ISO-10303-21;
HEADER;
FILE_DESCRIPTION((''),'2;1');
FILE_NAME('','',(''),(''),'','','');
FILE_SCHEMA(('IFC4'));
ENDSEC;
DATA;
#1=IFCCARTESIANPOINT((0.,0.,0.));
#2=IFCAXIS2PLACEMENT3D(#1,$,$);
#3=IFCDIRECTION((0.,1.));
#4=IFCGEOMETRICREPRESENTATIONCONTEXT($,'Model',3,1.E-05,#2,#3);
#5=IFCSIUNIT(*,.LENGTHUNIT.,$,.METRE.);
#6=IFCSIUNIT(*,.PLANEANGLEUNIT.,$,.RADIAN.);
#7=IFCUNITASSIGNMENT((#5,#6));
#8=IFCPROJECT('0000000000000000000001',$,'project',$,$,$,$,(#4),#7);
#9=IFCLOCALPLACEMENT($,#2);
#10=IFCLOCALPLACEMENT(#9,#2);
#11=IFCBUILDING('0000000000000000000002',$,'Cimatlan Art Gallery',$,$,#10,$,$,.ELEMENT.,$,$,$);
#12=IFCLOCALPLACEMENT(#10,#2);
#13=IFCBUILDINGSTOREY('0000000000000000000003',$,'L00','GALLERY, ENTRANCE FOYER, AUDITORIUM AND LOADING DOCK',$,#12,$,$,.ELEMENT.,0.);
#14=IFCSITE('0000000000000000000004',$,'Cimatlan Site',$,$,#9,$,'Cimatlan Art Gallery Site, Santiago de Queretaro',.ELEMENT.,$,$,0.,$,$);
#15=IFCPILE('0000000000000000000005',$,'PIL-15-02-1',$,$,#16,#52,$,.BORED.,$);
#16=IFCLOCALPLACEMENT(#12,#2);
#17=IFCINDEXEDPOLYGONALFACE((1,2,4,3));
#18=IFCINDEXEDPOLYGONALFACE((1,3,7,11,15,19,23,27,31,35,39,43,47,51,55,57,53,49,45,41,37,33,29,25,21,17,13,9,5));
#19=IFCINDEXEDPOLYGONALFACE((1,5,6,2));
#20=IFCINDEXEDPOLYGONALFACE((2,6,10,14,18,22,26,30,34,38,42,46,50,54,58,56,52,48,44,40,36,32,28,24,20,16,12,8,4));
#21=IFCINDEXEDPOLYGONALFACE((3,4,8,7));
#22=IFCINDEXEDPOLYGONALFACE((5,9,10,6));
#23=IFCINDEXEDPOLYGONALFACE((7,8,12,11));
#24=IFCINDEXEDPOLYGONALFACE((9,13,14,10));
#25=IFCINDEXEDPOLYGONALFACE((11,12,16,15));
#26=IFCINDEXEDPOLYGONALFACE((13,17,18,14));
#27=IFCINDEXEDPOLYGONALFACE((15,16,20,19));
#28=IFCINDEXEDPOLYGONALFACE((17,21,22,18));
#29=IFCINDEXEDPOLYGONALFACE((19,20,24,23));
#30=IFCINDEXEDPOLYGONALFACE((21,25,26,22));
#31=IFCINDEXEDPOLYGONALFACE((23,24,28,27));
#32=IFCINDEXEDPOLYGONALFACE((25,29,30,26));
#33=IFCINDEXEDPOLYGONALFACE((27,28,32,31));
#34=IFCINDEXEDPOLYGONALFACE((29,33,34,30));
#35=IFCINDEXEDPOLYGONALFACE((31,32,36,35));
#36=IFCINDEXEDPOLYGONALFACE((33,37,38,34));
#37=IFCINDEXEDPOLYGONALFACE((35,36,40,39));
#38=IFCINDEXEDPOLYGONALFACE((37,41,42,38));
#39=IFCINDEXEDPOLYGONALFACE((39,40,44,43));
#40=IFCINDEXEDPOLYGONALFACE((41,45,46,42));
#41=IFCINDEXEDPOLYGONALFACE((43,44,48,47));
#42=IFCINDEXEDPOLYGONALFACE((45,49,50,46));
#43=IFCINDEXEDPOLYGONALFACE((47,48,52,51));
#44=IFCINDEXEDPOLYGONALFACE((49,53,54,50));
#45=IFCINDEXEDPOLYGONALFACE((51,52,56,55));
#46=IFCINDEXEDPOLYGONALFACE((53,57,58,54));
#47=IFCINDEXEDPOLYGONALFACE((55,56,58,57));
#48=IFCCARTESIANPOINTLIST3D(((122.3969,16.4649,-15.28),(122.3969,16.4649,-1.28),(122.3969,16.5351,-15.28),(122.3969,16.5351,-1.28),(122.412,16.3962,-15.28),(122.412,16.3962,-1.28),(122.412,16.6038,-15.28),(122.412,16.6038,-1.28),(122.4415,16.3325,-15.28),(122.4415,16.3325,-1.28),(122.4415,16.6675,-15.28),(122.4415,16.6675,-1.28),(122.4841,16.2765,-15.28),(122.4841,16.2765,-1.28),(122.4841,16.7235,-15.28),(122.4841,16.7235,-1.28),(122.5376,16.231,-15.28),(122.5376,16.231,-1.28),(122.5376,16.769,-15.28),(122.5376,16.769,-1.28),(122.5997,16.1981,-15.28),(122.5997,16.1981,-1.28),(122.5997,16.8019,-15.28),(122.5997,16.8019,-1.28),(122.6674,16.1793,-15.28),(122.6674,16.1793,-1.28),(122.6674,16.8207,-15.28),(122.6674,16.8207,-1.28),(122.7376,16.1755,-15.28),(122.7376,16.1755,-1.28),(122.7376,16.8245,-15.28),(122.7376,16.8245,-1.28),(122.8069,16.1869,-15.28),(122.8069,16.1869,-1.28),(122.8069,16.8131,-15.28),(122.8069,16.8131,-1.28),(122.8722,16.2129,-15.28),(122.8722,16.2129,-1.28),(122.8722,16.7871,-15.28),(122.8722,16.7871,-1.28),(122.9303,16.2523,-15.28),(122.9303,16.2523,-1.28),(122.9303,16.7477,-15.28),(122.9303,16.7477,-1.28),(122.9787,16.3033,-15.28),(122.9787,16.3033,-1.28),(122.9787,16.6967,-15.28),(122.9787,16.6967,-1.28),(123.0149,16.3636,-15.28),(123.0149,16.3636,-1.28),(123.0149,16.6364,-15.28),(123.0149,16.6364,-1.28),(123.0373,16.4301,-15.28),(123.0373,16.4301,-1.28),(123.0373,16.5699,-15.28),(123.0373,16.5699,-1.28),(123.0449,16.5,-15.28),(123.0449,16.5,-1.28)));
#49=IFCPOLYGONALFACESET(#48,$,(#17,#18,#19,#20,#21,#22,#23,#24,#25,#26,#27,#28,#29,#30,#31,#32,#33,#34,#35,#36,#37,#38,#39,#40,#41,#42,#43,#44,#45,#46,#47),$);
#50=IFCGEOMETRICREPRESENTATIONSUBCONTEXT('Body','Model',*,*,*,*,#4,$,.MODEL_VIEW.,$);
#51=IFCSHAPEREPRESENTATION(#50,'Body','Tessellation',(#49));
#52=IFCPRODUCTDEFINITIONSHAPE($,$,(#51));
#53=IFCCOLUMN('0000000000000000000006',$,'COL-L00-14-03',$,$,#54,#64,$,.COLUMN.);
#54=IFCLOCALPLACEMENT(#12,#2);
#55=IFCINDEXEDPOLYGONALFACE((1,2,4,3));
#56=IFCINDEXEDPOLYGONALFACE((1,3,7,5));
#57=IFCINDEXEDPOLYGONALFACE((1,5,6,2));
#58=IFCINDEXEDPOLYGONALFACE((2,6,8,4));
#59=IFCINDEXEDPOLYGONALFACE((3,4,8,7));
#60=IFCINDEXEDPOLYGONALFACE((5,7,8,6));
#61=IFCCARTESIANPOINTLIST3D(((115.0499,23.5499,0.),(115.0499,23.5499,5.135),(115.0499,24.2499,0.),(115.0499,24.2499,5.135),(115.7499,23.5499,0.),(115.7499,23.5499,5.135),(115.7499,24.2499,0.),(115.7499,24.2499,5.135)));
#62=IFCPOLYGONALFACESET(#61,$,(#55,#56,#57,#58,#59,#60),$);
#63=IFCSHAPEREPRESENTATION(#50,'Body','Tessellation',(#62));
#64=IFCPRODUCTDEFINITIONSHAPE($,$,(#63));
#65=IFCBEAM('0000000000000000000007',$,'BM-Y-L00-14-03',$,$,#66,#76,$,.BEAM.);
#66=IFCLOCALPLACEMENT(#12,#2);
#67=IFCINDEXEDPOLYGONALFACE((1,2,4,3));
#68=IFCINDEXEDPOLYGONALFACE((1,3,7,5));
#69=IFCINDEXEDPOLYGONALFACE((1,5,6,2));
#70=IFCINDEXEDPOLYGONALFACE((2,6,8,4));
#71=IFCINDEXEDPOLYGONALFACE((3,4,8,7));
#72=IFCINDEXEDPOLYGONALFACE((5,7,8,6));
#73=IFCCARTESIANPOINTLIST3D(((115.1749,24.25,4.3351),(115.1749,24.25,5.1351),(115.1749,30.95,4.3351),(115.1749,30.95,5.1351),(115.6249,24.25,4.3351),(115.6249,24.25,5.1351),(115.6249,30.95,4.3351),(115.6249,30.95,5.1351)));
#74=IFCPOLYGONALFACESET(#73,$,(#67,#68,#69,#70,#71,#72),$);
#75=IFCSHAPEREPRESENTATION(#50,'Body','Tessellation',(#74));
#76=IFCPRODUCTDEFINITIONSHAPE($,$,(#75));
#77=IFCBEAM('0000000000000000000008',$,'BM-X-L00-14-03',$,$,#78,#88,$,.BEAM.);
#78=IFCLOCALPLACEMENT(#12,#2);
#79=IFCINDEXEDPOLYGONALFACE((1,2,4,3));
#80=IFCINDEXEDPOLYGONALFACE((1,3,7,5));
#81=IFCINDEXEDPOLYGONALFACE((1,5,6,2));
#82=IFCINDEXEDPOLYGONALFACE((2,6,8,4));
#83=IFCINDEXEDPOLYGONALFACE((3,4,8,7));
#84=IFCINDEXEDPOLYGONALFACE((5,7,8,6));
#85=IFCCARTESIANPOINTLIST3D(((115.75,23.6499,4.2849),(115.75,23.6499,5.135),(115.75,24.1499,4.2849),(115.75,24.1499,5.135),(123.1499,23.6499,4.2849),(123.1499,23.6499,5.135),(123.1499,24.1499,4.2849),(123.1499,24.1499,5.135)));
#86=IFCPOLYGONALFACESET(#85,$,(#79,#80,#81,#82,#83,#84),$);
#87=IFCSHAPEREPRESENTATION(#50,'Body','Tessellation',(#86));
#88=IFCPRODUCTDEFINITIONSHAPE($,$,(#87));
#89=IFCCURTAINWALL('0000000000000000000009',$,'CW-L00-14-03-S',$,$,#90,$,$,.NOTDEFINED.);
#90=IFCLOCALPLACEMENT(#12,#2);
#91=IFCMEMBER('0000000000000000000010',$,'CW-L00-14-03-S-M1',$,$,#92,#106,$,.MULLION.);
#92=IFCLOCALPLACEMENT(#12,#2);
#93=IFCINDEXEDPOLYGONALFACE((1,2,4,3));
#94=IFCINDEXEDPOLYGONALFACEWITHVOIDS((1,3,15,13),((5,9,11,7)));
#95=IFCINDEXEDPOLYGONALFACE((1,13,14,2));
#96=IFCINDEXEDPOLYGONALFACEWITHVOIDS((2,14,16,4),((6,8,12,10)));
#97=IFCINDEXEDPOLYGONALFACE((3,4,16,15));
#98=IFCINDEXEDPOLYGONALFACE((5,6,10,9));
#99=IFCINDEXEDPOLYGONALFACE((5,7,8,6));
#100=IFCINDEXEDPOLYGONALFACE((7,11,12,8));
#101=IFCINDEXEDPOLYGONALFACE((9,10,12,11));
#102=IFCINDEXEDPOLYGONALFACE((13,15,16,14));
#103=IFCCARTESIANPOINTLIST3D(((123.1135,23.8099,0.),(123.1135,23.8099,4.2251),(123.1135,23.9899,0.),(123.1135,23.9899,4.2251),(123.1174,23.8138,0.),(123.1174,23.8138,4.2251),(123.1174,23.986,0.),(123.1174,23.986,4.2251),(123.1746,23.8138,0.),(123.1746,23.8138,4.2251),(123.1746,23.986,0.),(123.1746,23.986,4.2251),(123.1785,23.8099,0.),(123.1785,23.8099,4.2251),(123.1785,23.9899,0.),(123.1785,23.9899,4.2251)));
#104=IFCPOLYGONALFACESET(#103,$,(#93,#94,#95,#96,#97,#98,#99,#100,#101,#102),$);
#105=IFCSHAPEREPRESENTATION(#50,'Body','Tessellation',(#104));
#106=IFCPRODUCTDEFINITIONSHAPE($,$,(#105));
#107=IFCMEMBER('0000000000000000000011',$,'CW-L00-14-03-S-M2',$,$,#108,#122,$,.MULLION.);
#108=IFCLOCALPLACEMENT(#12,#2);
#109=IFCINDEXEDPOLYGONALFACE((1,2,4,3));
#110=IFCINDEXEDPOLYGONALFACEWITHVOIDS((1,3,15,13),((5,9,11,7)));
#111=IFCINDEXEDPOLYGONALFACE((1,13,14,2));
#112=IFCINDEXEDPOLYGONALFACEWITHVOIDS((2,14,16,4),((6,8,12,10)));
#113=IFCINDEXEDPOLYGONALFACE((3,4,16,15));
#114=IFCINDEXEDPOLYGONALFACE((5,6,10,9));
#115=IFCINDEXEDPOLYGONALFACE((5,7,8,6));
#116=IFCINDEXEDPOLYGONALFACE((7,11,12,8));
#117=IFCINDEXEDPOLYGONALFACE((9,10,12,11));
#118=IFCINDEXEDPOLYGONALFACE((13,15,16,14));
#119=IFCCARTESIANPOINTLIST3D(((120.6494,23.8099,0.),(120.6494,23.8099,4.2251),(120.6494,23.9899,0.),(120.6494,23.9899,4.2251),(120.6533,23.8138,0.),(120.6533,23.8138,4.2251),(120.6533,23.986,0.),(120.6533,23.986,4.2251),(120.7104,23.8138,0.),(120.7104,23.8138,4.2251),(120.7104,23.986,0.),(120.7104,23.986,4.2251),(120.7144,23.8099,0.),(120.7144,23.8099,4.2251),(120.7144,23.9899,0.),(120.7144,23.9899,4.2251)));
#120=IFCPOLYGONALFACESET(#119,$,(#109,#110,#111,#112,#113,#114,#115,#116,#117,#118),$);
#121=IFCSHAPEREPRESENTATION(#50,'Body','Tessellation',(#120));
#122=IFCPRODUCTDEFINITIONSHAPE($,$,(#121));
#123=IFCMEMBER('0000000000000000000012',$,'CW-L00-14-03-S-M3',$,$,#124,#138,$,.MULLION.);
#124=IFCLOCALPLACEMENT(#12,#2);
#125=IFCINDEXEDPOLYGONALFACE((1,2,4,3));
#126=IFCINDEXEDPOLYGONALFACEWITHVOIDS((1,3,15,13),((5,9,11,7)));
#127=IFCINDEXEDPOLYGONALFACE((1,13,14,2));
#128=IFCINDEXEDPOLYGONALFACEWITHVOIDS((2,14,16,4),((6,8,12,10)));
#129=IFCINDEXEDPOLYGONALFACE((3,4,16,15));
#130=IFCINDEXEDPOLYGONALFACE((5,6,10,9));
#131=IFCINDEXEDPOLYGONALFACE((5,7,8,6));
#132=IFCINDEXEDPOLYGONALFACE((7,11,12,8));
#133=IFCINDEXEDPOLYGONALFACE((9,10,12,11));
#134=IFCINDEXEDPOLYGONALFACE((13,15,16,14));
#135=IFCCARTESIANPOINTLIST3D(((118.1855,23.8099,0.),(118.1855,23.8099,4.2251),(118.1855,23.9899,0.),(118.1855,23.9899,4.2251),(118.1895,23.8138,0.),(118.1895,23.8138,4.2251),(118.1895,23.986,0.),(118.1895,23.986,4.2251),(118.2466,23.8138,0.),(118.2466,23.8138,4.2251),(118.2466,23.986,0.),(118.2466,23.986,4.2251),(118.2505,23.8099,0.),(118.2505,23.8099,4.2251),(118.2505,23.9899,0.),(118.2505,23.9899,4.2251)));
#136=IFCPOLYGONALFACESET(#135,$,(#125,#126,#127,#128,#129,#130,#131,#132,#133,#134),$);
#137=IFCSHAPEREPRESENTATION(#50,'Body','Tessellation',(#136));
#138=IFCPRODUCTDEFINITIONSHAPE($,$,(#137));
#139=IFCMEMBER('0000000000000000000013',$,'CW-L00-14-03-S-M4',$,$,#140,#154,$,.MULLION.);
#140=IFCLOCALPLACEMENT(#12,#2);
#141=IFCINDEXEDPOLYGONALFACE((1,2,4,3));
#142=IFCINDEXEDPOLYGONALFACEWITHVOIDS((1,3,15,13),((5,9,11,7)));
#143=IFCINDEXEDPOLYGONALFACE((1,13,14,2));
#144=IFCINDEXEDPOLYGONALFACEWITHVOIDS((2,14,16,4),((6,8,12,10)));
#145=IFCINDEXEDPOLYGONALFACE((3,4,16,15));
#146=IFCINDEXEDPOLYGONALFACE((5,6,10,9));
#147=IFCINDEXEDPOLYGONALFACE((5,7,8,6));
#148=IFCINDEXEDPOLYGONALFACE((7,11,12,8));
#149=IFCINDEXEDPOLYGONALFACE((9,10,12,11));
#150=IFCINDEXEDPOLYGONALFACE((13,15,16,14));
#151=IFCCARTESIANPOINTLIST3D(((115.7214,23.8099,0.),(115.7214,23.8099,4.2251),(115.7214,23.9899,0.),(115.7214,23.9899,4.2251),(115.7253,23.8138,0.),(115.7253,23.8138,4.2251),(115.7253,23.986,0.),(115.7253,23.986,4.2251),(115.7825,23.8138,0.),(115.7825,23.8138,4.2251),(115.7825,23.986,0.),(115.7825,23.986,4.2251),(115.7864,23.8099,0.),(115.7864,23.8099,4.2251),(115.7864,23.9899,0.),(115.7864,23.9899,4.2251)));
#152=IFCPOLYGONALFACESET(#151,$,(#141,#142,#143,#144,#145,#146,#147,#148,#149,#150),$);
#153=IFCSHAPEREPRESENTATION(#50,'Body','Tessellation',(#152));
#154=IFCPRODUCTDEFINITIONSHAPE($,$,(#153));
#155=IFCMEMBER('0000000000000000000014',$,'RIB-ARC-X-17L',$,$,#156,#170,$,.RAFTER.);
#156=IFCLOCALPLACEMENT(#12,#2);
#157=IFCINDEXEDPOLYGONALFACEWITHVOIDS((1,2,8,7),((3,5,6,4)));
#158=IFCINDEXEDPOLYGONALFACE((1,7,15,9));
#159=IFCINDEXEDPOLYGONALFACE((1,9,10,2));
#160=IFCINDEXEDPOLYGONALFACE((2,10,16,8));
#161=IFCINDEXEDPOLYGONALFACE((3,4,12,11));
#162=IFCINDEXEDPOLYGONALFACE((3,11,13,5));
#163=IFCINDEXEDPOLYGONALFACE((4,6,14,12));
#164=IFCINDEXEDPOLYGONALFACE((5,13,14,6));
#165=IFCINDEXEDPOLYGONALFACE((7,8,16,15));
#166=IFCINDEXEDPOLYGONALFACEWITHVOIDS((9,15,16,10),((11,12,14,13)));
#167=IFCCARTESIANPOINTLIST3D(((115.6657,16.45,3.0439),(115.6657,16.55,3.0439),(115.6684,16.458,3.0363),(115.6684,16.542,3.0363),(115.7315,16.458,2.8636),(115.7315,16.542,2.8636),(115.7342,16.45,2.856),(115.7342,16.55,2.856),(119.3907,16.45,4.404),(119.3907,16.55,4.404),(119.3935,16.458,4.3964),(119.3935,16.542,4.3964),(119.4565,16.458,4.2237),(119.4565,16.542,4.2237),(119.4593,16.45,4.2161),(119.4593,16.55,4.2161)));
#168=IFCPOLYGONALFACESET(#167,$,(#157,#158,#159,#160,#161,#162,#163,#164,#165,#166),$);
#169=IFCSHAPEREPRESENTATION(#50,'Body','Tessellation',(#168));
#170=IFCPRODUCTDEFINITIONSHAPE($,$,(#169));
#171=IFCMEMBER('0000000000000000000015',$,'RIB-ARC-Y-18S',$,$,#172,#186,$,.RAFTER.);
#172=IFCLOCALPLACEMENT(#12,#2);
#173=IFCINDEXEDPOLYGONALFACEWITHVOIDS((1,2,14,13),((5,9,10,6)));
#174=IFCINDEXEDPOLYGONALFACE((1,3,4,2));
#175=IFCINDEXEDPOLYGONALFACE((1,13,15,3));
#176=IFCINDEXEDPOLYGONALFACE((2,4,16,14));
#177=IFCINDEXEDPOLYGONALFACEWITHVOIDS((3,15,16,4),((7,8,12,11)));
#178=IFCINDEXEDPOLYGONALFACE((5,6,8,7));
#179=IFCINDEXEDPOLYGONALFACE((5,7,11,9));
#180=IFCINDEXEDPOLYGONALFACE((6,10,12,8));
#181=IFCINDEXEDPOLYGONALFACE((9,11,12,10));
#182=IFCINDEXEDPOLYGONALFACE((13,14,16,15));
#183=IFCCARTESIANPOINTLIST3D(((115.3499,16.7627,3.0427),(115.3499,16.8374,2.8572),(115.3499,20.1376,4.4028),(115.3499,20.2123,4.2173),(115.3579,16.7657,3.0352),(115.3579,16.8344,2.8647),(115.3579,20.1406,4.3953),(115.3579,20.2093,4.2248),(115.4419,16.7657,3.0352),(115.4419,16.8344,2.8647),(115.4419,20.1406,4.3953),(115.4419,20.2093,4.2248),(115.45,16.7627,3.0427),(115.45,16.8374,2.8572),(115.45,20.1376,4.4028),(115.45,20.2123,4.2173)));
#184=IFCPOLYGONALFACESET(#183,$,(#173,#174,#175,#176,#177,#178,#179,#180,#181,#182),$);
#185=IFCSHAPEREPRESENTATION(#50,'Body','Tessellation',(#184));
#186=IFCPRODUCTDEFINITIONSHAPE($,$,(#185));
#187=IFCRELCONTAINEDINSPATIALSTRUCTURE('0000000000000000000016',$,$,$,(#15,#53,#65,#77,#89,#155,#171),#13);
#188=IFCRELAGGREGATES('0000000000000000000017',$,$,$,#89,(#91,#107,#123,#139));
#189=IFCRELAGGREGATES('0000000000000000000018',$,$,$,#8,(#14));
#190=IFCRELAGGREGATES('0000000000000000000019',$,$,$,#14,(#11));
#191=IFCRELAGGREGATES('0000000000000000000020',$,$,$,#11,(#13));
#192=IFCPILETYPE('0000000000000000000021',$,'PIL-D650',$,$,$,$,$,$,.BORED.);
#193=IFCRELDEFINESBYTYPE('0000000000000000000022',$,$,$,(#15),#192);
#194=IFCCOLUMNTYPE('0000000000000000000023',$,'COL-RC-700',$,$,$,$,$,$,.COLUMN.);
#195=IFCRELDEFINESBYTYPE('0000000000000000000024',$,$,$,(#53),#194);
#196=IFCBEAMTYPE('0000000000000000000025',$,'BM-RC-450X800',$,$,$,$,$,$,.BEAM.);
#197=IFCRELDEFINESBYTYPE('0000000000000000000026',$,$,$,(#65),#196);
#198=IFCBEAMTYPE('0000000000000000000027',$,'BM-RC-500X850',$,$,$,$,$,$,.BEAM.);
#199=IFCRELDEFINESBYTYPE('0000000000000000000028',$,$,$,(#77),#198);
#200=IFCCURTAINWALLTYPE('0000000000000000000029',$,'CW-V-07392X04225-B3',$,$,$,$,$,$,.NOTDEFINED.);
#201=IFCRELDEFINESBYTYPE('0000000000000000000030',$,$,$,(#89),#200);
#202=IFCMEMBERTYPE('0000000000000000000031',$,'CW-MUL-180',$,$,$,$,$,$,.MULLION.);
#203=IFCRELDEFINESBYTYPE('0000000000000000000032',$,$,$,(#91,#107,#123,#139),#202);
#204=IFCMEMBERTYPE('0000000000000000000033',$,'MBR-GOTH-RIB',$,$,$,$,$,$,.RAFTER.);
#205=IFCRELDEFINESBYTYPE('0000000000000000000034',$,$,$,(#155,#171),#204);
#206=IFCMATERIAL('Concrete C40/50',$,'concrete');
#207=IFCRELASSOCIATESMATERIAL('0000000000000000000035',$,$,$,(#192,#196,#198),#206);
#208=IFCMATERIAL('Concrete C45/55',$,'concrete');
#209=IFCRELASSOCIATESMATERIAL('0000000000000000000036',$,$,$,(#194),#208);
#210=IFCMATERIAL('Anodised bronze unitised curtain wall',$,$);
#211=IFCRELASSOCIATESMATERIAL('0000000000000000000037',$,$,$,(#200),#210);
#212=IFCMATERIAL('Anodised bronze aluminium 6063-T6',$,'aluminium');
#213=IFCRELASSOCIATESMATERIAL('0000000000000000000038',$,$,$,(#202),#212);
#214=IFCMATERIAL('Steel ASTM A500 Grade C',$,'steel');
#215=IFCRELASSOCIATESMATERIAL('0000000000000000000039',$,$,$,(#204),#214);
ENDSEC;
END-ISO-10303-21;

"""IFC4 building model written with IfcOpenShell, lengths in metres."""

from ifc_helpers import new_model, si_unit, direction, frame, origin, origin_2d, place, context, subcontext, project, spatial, rectangle, hollow_rectangle, circle, extrude, material, material_profile, profile_set, type_object, element, aggregate, save


model = new_model("IFC4")

# Units and contexts
model_context = context("Model", 3, precision=1e-05, world=origin(), true_north=direction((0.0, 1.0)))
body_context = subcontext(model_context, "Body", "Model", "MODEL_VIEW")
ifc_project = project(units=[si_unit("LENGTHUNIT", "METRE"), si_unit("PLANEANGLEUNIT", "RADIAN")], contexts=[model_context])

# Site, building, storey
site_placement = place(None, origin())
site = spatial("IfcSite", under=ifc_project, at=site_placement, Name="Cimatlan Site", LongName="Cimatlan Art Gallery Site, Santiago de Queretaro", CompositionType="ELEMENT", RefElevation=0.0)
building_placement = place(site_placement, origin())
building = spatial("IfcBuilding", under=site, at=building_placement, Name="Cimatlan Art Gallery", CompositionType="ELEMENT")
storey_placement = place(building_placement, origin())
storey = spatial("IfcBuildingStorey", under=building, at=storey_placement, Name="L00", Description="GALLERY, ENTRANCE FOYER, AUDITORIUM AND LOADING DOCK", CompositionType="ELEMENT", Elevation=0.0)

# Pile
ifc_material_1 = material(Name="Concrete C40/50", Category="concrete")
pile_type = type_object("IfcPileType", Name="PIL-D650", PredefinedType="BORED", material=ifc_material_1)
pile_placement = place(storey_placement, frame((122.72, 16.5, -1.28), z_axis=(0.0, 0.0, -1.0), x_axis=(1.0, 0.0, 0.0)))
element("IfcPile", 1, at=pile_placement, inside=storey, type_object=pile_type, Name="PIL-15-02-1", PredefinedType="BORED", context=body_context, shape_type="SweptSolid", body=[
    extrude(circle(Radius=0.325, at=origin_2d()), origin(), (0.0, 0.0, 1.0), 14.0),
])

# Column
ifc_material_2 = material(Name="Concrete C45/55", Category="concrete")
ifc_material_profile_1 = material_profile(ifc_material_2, rectangle(XDim=0.7, YDim=0.7, at=origin_2d()), Name="RC700X700")
ifc_profile_set_1 = profile_set([ifc_material_profile_1], Name="Concrete C45/55")
column_type = type_object("IfcColumnType", Name="COL-RC-700", PredefinedType="COLUMN", material=ifc_profile_set_1)
column_placement = place(storey_placement, frame((115.3999, 23.8999, 0.0), z_axis=(0.0, 0.0, 1.0), x_axis=(1.0, 0.0, 0.0)))
element("IfcColumn", 2, at=column_placement, inside=storey, type_object=column_type, Name="COL-L00-14-03", PredefinedType="COLUMN", context=body_context, shape_type="SweptSolid", body=[
    extrude(rectangle(XDim=0.7, YDim=0.7, at=origin_2d()), origin(), (0.0, 0.0, 1.0), 5.135),
])

# Beams
ifc_material_profile_2 = material_profile(ifc_material_1, rectangle(XDim=0.45, YDim=0.8, at=origin_2d()), Name="RC450X800")
ifc_profile_set_2 = profile_set([ifc_material_profile_2], Name="Concrete C40/50")
beam_type_1 = type_object("IfcBeamType", Name="BM-RC-450X800", PredefinedType="BEAM", material=ifc_profile_set_2)
beam_1_placement = place(storey_placement, frame((115.3999, 24.25, 4.7351), z_axis=(0.0, 1.0, 0.0), x_axis=(-1.0, 0.0, 0.0)))
element("IfcBeam", 3, at=beam_1_placement, inside=storey, type_object=beam_type_1, Name="BM-Y-L00-14-03", PredefinedType="BEAM", context=body_context, shape_type="SweptSolid", body=[
    extrude(rectangle(XDim=0.45, YDim=0.8, at=origin_2d()), origin(), (0.0, 0.0, 1.0), 6.7),
])
ifc_material_profile_3 = material_profile(ifc_material_1, rectangle(XDim=0.5, YDim=0.8501, at=origin_2d()), Name="RC500X850")
ifc_profile_set_3 = profile_set([ifc_material_profile_3], Name="Concrete C40/50")
beam_type_2 = type_object("IfcBeamType", Name="BM-RC-500X850", PredefinedType="BEAM", material=ifc_profile_set_3)
beam_2_placement = place(storey_placement, frame((115.75, 23.8999, 4.71), z_axis=(1.0, 0.0, 0.0), x_axis=(0.0, 1.0, 0.0)))
element("IfcBeam", 4, at=beam_2_placement, inside=storey, type_object=beam_type_2, Name="BM-X-L00-14-03", PredefinedType="BEAM", context=body_context, shape_type="SweptSolid", body=[
    extrude(rectangle(XDim=0.5, YDim=0.8501, at=origin_2d()), origin(), (0.0, 0.0, 1.0), 7.3999),
])

# Curtain wall, members
ifc_material_3 = material(Name="Anodised bronze unitised curtain wall")
curtain_wall_type = type_object("IfcCurtainWallType", Name="CW-V-07392X04225-B3", PredefinedType="NOTDEFINED", material=ifc_material_3)
curtain_wall_placement = place(storey_placement, origin())
curtain_wall = element("IfcCurtainWall", 5, at=curtain_wall_placement, inside=storey, type_object=curtain_wall_type, Name="CW-L00-14-03-S", PredefinedType="NOTDEFINED")
ifc_material_4 = material(Name="Anodised bronze aluminium 6063-T6", Category="aluminium")
ifc_material_profile_4 = material_profile(ifc_material_4, hollow_rectangle(XDim=0.0649, YDim=0.1799, WallThickness=0.0039, at=origin_2d()), Name="ALU65X180X4")
ifc_profile_set_4 = profile_set([ifc_material_profile_4], Name="Anodised bronze aluminium 6063-T6")
member_type_1 = type_object("IfcMemberType", Name="CW-MUL-180", PredefinedType="MULLION", material=ifc_profile_set_4)
member_1_placement = place(storey_placement, frame((123.146, 23.8999, 0.0), z_axis=(0.0, 0.0, 1.0), x_axis=(1.0, 0.0, 0.0)))
member_1 = element("IfcMember", 6, at=member_1_placement, type_object=member_type_1, Name="CW-L00-14-03-S-M1", PredefinedType="MULLION", context=body_context, shape_type="SweptSolid", body=[
    extrude(hollow_rectangle(XDim=0.0649, YDim=0.1799, WallThickness=0.0039, at=origin_2d()), origin(), (0.0, 0.0, 1.0), 4.2251),
])
member_2_placement = place(storey_placement, frame((120.6819, 23.8999, 0.0), z_axis=(0.0, 0.0, 1.0), x_axis=(1.0, 0.0, 0.0)))
member_2 = element("IfcMember", 7, at=member_2_placement, type_object=member_type_1, Name="CW-L00-14-03-S-M2", PredefinedType="MULLION", context=body_context, shape_type="SweptSolid", body=[
    extrude(hollow_rectangle(XDim=0.0649, YDim=0.1799, WallThickness=0.0039, at=origin_2d()), origin(), (0.0, 0.0, 1.0), 4.2251),
])
member_3_placement = place(storey_placement, frame((118.218, 23.8999, 0.0), z_axis=(0.0, 0.0, 1.0), x_axis=(1.0, 0.0, 0.0)))
member_3 = element("IfcMember", 8, at=member_3_placement, type_object=member_type_1, Name="CW-L00-14-03-S-M3", PredefinedType="MULLION", context=body_context, shape_type="SweptSolid", body=[
    extrude(hollow_rectangle(XDim=0.0649, YDim=0.1799, WallThickness=0.0039, at=origin_2d()), origin(), (0.0, 0.0, 1.0), 4.2251),
])
member_4_placement = place(storey_placement, frame((115.7539, 23.8999, 0.0), z_axis=(0.0, 0.0, 1.0), x_axis=(1.0, 0.0, 0.0)))
member_4 = element("IfcMember", 9, at=member_4_placement, type_object=member_type_1, Name="CW-L00-14-03-S-M4", PredefinedType="MULLION", context=body_context, shape_type="SweptSolid", body=[
    extrude(hollow_rectangle(XDim=0.0649, YDim=0.1799, WallThickness=0.0039, at=origin_2d()), origin(), (0.0, 0.0, 1.0), 4.2251),
])

# Members
ifc_material_5 = material(Name="Steel ASTM A500 Grade C", Category="steel")
ifc_material_profile_5 = material_profile(ifc_material_5, hollow_rectangle(XDim=0.1001, YDim=0.2, WallThickness=0.0081, at=origin_2d()), Name="HSS200X100X8")
ifc_profile_set_5 = profile_set([ifc_material_profile_5], Name="Steel ASTM A500 Grade C")
member_type_2 = type_object("IfcMemberType", Name="MBR-GOTH-RIB", PredefinedType="RAFTER", material=ifc_profile_set_5)
member_5_placement = place(storey_placement, frame((115.7, 16.5, 2.95), z_axis=(0.939345, 0.0, 0.342974), x_axis=(0.0, 1.0, 0.0)))
element("IfcMember", 10, at=member_5_placement, inside=storey, type_object=member_type_2, Name="RIB-ARC-X-17L", PredefinedType="RAFTER", context=body_context, shape_type="SweptSolid", body=[
    extrude(hollow_rectangle(XDim=0.1001, YDim=0.2, WallThickness=0.0081, at=origin_2d()), origin(), (0.0, 0.0, 1.0), 3.9656),
])
for number, where, z_axis, x_axis, name in (
    (11, (115.3999, 16.8, 2.95), (0.0, 0.927516, 0.373784), (-1.0, 0.0, 0.0), "RIB-ARC-Y-18S"),
):
    element("IfcMember", number, at=place(storey_placement, frame(where, z_axis=z_axis, x_axis=x_axis)), inside=storey, type_object=member_type_2, Name=name, PredefinedType="RAFTER", context=body_context, shape_type="SweptSolid", body=[
        extrude(hollow_rectangle(XDim=0.1001, YDim=0.2, WallThickness=0.0081, at=origin_2d()), origin(), (0.0, 0.0, 1.0), 3.6387),
    ])

aggregate(curtain_wall, [member_1, member_2, member_3, member_4])

save(model, "model.ifc")
